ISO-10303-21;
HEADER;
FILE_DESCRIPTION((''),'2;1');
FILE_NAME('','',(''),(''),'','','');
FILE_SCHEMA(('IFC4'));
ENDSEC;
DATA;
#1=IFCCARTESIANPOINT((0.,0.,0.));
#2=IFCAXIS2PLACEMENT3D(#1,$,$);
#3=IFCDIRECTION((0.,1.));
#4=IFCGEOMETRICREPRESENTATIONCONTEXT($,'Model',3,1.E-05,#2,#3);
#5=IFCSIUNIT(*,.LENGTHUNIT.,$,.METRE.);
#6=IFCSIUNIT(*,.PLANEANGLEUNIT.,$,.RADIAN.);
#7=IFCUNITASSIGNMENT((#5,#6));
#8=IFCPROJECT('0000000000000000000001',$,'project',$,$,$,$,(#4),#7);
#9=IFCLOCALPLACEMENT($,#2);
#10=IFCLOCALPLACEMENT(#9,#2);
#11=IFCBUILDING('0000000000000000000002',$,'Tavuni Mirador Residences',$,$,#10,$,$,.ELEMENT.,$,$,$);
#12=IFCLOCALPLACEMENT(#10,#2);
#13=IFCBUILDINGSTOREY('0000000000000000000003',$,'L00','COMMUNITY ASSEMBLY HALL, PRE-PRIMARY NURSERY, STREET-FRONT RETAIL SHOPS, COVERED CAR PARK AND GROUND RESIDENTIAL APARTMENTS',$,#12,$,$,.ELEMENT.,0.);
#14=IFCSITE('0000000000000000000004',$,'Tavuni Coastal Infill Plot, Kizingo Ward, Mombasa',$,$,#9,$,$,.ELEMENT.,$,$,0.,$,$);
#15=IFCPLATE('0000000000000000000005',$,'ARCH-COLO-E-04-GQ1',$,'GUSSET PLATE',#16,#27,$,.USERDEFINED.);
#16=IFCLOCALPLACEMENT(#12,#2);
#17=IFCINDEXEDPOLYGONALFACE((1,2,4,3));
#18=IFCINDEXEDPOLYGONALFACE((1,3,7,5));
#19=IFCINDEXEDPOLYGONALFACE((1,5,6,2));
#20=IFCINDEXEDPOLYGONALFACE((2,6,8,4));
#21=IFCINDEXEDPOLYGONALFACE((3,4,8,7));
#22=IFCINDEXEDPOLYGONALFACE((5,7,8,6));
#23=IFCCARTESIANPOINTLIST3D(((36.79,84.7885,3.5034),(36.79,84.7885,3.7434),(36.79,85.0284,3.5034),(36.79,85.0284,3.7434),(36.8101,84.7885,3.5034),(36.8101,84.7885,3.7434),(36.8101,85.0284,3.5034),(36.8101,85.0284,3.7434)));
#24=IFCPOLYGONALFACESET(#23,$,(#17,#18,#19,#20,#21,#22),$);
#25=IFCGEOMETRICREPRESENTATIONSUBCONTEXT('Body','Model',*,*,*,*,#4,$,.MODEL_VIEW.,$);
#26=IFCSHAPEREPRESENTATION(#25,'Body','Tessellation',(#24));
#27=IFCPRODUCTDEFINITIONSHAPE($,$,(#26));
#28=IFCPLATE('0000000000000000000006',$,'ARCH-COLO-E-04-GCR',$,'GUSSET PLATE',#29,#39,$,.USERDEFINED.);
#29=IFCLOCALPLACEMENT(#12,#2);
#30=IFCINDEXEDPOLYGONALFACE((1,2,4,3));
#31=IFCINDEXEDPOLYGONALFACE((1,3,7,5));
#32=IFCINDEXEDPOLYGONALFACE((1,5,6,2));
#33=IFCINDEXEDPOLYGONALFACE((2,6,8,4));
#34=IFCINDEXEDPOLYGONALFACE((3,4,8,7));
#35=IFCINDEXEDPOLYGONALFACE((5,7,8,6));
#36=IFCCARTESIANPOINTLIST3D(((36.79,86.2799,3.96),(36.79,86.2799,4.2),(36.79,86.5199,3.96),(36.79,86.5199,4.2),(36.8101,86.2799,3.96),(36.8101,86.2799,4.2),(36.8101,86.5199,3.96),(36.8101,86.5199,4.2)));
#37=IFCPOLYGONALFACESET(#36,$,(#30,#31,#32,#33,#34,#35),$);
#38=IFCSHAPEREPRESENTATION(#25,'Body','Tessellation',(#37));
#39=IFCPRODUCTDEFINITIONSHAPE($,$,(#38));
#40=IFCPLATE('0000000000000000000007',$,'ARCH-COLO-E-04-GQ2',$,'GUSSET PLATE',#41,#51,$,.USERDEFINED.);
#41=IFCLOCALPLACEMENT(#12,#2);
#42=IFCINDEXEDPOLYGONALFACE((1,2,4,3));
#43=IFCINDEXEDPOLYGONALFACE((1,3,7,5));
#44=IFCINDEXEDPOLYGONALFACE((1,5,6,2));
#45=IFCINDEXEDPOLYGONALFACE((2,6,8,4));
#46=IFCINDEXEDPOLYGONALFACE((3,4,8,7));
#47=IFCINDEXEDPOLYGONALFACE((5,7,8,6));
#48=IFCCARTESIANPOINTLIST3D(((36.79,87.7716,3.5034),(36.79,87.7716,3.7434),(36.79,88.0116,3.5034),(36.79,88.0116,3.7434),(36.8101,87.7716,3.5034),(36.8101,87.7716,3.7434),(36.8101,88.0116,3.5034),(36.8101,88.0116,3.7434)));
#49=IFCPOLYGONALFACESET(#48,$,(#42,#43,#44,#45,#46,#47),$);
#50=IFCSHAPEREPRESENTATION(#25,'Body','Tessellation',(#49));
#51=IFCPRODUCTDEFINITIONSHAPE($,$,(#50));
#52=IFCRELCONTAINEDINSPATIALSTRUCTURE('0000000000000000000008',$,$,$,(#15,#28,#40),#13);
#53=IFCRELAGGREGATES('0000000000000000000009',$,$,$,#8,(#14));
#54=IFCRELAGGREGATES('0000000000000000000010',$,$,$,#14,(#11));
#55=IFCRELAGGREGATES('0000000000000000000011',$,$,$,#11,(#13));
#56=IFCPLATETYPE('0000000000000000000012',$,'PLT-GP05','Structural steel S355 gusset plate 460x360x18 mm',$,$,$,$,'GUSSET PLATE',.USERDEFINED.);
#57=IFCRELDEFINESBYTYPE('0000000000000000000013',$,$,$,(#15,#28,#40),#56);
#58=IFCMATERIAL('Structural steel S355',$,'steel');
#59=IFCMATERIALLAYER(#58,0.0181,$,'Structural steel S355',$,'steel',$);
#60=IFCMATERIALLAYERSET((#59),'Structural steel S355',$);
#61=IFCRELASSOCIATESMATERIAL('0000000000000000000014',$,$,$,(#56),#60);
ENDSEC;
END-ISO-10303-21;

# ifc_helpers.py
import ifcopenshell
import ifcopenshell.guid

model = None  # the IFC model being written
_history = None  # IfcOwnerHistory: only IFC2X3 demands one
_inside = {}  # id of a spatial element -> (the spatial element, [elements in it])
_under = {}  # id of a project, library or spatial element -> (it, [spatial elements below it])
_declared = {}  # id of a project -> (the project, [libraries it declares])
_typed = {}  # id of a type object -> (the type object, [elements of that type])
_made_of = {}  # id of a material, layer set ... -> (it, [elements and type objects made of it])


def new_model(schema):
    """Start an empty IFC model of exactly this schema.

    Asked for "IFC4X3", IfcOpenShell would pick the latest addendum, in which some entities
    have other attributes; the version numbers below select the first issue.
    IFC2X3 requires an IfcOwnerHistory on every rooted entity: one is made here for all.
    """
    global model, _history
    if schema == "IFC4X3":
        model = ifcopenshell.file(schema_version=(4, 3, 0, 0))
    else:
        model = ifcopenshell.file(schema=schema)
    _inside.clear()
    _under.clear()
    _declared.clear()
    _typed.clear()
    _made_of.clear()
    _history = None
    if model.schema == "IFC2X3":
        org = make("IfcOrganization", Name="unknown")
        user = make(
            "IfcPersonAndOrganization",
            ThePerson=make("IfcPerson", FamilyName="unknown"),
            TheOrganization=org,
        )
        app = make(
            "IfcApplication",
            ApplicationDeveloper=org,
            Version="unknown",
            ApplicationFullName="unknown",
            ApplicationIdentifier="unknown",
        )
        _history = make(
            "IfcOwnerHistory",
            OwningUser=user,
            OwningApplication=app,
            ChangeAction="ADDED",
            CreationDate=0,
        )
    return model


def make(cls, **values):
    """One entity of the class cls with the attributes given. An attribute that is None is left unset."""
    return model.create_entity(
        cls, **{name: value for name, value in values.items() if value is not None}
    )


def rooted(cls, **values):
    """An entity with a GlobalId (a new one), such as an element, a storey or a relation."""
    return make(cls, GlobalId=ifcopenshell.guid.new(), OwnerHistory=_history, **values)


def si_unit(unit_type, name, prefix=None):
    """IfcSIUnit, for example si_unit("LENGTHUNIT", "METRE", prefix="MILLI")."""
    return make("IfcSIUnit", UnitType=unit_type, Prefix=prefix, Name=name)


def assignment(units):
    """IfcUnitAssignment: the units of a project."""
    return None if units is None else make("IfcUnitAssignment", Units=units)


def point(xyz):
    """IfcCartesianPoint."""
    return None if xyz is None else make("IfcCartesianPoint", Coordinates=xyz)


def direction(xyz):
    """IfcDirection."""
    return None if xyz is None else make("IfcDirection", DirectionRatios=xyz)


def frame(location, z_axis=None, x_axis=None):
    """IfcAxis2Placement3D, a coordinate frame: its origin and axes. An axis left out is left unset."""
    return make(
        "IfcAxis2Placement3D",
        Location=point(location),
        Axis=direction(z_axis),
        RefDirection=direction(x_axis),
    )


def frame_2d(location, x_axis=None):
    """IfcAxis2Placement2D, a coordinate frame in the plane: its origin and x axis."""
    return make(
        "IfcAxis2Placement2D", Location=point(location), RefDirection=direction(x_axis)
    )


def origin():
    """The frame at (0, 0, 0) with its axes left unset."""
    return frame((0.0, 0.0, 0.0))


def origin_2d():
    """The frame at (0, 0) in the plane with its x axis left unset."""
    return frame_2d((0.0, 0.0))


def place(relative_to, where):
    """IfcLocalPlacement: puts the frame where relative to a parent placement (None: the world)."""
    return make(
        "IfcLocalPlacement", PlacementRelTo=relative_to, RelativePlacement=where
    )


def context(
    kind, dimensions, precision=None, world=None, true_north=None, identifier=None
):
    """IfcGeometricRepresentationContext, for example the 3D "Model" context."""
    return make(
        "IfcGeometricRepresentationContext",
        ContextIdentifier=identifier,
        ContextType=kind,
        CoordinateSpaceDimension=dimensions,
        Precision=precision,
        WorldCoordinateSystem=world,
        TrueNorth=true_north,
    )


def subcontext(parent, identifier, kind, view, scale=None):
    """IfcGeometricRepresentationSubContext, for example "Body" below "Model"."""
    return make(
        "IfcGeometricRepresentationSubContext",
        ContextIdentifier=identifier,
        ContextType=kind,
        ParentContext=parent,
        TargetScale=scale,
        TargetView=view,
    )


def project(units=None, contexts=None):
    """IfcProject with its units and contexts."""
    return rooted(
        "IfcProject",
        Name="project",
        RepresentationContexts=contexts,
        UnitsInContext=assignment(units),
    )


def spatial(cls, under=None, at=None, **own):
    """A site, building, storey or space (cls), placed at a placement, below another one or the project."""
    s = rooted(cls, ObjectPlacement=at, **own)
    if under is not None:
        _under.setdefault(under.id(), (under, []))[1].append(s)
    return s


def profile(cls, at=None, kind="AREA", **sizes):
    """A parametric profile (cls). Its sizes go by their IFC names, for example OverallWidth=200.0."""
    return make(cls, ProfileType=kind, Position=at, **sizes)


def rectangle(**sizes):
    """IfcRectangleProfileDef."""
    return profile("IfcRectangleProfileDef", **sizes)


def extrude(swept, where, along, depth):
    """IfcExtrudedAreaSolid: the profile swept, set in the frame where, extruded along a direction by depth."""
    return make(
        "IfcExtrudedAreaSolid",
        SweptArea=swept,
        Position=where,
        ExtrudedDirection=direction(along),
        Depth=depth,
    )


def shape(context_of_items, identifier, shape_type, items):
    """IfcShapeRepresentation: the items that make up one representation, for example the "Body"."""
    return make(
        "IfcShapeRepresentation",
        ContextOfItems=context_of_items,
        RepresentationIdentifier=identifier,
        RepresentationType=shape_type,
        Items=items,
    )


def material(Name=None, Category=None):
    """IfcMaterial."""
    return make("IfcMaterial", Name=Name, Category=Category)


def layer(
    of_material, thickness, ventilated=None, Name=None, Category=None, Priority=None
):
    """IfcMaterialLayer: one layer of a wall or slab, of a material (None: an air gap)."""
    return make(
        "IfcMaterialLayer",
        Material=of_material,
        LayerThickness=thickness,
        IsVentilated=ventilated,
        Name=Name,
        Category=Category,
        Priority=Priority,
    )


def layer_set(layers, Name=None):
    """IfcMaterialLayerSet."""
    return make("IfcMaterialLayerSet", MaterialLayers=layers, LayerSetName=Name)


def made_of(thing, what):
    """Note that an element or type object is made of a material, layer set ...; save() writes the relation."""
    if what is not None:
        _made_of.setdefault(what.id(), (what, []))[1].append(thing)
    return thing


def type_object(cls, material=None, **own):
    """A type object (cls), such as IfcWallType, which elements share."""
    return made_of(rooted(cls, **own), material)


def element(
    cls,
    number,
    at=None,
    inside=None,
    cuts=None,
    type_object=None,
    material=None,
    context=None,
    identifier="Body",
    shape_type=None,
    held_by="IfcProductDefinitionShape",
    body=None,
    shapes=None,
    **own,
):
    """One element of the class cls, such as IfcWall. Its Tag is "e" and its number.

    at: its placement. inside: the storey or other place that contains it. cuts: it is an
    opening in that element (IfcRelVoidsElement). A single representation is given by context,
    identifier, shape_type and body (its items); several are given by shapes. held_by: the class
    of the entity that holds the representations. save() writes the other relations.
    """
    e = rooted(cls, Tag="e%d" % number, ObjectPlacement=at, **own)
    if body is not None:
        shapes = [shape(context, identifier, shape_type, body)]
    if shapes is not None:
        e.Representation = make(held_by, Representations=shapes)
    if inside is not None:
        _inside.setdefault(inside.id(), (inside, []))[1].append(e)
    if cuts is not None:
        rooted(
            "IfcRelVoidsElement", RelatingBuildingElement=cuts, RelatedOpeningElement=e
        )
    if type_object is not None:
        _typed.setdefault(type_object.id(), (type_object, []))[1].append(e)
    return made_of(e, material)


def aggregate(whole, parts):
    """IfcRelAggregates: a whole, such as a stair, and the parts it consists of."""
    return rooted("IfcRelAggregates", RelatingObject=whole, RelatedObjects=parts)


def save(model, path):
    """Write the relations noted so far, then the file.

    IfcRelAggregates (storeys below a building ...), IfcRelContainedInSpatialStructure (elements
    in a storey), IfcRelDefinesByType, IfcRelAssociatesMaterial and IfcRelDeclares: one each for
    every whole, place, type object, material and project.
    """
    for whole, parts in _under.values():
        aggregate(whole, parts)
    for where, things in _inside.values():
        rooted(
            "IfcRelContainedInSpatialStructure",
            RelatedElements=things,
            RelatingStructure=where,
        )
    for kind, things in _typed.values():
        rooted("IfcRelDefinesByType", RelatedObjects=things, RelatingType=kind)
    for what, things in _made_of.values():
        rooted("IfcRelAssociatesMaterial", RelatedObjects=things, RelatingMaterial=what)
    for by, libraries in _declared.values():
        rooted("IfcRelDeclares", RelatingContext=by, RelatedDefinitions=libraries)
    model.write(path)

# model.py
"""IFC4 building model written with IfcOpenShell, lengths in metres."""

from ifc_helpers import new_model, si_unit, direction, frame, origin, origin_2d, place, context, subcontext, project, spatial, rectangle, extrude, material, layer, layer_set, type_object, element, save


model = new_model("IFC4")

# Units and contexts
model_context = context("Model", 3, precision=1e-05, world=origin(), true_north=direction((0.0, 1.0)))
body_context = subcontext(model_context, "Body", "Model", "MODEL_VIEW")
ifc_project = project(units=[si_unit("LENGTHUNIT", "METRE"), si_unit("PLANEANGLEUNIT", "RADIAN")], contexts=[model_context])

# Site, building, storey
site_placement = place(None, origin())
site = spatial("IfcSite", under=ifc_project, at=site_placement, Name="Tavuni Coastal Infill Plot, Kizingo Ward, Mombasa", CompositionType="ELEMENT", RefElevation=0.0)
building_placement = place(site_placement, origin())
building = spatial("IfcBuilding", under=site, at=building_placement, Name="Tavuni Mirador Residences", CompositionType="ELEMENT")
storey_placement = place(building_placement, origin())
storey = spatial("IfcBuildingStorey", under=building, at=storey_placement, Name="L00", Description="COMMUNITY ASSEMBLY HALL, PRE-PRIMARY NURSERY, STREET-FRONT RETAIL SHOPS, COVERED CAR PARK AND GROUND RESIDENTIAL APARTMENTS", CompositionType="ELEMENT", Elevation=0.0)

# Shared definitions
ifc_material_1 = material(Name="Structural steel S355", Category="steel")

# Plates
ifc_layer_1 = layer(ifc_material_1, 0.0181, Name="Structural steel S355", Category="steel")
ifc_layer_set_1 = layer_set([ifc_layer_1], Name="Structural steel S355")
plate_type_1 = type_object("IfcPlateType", Name="PLT-GP05", Description="Structural steel S355 gusset plate 460x360x18 mm", ElementType="GUSSET PLATE", PredefinedType="USERDEFINED", material=ifc_layer_set_1)
for number, where, z_axis, x_axis, name in (
    (1, (36.8, 84.9084, 3.5034), (0.0, 0.0, 1.0), (1.0, 0.0, 0.0), "ARCH-COLO-E-04-GQ1"),
    (2, (36.8, 86.3999, 3.96), (0.0, 0.0, 1.0), (1.0, 0.0, 0.0), "ARCH-COLO-E-04-GCR"),
    (3, (36.8, 87.8916, 3.5034), (0.0, 0.0, 1.0), (1.0, 0.0, 0.0), "ARCH-COLO-E-04-GQ2"),
):
    element("IfcPlate", number, at=place(storey_placement, frame(where, z_axis=z_axis, x_axis=x_axis)), inside=storey, type_object=plate_type_1, Name=name, ObjectType="GUSSET PLATE", PredefinedType="USERDEFINED", context=body_context, shape_type="SweptSolid", body=[
        extrude(rectangle(XDim=0.02, YDim=0.24, at=origin_2d()), origin(), (0.0, 0.0, 1.0), 0.24),
    ])

save(model, "model.ifc")
